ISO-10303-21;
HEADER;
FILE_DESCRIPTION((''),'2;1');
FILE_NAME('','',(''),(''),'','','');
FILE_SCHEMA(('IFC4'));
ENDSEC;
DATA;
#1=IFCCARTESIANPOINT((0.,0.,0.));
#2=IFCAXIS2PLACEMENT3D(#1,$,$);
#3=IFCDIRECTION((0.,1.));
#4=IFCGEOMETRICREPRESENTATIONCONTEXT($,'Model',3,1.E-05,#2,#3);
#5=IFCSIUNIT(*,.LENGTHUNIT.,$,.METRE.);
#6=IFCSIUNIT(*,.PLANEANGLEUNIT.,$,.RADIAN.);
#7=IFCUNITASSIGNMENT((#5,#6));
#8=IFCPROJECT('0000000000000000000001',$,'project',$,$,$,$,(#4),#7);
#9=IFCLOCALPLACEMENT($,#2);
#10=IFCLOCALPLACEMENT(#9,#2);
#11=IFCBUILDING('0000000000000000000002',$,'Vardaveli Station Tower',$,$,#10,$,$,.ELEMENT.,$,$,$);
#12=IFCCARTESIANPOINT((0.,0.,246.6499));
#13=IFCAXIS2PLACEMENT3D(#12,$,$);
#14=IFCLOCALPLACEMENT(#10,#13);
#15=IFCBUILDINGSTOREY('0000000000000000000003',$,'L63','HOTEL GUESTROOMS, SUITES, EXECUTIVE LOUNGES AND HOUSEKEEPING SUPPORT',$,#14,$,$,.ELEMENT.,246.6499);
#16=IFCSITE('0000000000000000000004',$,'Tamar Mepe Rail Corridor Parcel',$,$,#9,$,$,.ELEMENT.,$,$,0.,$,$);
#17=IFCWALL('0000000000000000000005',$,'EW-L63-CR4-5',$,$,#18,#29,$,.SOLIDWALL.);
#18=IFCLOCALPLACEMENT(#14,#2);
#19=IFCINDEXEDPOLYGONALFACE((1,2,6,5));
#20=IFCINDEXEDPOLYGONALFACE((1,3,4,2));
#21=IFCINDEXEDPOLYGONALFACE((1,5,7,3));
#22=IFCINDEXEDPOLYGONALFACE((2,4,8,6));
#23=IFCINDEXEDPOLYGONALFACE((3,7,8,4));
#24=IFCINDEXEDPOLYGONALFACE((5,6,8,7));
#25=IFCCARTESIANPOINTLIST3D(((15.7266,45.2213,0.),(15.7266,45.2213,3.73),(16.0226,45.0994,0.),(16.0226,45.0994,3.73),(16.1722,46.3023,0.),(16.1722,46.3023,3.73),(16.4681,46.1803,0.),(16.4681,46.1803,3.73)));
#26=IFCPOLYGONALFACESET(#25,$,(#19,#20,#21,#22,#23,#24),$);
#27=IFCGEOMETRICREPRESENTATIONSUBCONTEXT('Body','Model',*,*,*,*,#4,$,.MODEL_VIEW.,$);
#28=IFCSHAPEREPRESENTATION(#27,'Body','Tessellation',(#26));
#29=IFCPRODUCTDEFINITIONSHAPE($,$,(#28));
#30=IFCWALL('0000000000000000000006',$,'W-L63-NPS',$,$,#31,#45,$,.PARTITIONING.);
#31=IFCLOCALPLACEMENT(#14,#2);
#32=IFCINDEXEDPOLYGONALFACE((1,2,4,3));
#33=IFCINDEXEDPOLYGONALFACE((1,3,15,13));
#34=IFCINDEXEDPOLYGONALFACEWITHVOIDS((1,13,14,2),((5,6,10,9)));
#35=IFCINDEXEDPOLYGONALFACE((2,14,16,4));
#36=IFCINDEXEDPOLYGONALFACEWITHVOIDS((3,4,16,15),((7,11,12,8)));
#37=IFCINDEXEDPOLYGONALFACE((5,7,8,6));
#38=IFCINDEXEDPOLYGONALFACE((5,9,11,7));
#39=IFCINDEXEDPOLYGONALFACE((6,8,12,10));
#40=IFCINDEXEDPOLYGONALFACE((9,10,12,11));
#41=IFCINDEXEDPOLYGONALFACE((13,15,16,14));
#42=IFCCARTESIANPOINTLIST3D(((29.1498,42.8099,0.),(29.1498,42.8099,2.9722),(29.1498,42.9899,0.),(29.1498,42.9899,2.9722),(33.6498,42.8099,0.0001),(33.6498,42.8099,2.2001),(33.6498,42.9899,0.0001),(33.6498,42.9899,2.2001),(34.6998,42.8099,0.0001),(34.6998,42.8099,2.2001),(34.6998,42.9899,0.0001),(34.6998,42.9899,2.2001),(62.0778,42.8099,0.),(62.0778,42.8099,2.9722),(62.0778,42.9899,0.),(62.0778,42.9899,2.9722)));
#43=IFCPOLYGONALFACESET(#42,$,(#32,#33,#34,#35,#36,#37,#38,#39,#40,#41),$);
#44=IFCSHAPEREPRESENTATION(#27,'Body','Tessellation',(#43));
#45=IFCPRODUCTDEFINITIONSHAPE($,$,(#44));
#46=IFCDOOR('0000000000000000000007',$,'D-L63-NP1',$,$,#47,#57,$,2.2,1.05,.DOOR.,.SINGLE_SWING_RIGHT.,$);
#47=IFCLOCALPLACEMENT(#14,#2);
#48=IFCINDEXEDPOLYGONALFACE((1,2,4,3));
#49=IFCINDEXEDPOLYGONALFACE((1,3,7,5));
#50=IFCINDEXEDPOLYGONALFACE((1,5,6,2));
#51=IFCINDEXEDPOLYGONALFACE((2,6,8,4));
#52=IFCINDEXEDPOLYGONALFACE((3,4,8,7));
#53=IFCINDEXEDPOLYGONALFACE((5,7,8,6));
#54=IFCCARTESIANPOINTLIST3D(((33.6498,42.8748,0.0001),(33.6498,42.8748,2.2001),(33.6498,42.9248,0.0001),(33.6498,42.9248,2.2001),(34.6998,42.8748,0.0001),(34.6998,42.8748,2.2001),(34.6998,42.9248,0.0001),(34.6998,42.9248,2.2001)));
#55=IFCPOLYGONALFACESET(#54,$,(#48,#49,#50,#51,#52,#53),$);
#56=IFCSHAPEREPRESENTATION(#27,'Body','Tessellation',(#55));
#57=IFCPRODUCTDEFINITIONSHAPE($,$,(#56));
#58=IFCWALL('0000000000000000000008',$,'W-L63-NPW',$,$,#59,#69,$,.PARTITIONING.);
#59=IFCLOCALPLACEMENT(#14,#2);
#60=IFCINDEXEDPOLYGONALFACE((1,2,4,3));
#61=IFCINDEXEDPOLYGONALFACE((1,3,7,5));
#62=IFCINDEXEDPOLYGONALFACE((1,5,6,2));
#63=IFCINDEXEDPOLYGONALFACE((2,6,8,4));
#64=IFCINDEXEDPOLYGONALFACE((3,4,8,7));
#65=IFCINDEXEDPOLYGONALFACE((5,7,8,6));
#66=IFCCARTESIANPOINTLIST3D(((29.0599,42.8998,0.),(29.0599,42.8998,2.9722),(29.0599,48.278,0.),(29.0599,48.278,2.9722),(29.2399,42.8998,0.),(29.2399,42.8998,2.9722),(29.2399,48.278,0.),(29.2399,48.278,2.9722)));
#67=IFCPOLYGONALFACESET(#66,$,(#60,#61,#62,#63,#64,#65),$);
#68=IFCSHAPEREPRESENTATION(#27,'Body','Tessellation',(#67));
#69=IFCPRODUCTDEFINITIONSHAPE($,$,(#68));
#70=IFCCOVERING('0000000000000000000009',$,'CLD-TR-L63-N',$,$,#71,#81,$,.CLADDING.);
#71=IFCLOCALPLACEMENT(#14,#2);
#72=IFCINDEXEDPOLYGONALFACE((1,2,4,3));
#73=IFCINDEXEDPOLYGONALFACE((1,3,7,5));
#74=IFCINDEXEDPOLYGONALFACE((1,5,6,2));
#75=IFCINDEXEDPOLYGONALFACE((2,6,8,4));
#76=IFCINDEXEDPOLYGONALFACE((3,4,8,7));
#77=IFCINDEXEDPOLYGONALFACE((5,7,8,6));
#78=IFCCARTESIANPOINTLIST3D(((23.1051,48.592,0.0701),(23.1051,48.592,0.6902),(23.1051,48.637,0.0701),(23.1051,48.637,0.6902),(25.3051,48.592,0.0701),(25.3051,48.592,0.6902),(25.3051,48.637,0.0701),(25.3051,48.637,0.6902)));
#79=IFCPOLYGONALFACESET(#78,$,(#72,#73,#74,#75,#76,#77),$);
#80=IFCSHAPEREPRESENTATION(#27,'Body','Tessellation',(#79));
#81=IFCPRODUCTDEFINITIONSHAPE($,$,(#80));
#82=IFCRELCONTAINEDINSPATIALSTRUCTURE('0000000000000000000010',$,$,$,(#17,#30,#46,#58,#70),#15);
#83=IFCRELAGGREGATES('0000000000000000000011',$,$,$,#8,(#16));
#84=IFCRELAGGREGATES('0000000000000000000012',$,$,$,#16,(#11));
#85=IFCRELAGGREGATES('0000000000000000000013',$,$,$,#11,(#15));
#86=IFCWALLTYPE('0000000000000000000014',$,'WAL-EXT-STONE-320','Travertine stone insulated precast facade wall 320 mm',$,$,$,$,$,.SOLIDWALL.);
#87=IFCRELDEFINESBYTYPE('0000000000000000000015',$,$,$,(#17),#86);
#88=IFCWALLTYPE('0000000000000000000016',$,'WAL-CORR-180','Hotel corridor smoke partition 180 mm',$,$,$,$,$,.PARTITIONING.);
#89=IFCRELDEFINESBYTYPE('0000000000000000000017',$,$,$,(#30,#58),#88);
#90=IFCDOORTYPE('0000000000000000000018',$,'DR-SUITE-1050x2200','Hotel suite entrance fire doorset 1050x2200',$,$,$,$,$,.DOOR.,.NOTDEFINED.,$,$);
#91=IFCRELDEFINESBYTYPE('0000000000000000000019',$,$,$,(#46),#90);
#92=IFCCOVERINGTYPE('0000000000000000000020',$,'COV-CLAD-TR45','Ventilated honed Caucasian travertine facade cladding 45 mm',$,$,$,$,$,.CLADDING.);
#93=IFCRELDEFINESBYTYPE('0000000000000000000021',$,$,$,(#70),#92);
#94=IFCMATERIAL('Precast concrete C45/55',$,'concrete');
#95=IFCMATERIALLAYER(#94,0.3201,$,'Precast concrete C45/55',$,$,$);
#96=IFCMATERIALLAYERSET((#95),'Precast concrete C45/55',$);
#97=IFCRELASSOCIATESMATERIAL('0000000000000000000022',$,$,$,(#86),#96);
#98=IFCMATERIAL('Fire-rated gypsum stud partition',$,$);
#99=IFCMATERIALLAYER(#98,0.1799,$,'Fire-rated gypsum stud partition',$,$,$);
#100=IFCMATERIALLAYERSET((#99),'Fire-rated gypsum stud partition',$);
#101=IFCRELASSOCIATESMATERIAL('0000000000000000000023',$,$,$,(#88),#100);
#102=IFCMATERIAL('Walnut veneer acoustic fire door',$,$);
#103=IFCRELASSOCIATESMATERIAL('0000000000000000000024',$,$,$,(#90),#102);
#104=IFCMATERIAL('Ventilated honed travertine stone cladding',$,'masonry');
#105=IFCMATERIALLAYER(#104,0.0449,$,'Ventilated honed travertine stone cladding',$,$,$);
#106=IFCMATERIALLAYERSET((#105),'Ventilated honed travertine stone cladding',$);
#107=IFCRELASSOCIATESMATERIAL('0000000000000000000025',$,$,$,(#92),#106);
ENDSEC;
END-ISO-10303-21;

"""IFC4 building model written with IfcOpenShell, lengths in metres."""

from ifc_helpers import new_model, si_unit, direction, frame, frame_2d, origin, origin_2d, place, context, subcontext, project, spatial, rectangle, extrude, source, transform, mapped, material, layer, layer_set, type_object, element, fill, save


model = new_model("IFC4")

# Units and contexts
model_context = context("Model", 3, precision=1e-05, world=origin(), true_north=direction((0.0, 1.0)))
body_context = subcontext(model_context, "Body", "Model", "MODEL_VIEW")
ifc_project = project(units=[si_unit("LENGTHUNIT", "METRE"), si_unit("PLANEANGLEUNIT", "RADIAN")], contexts=[model_context])

# Site, building, storey
site_placement = place(None, origin())
site = spatial("IfcSite", under=ifc_project, at=site_placement, Name="Tamar Mepe Rail Corridor Parcel", CompositionType="ELEMENT", RefElevation=0.0)
building_placement = place(site_placement, origin())
building = spatial("IfcBuilding", under=site, at=building_placement, Name="Vardaveli Station Tower", CompositionType="ELEMENT")
storey_placement = place(building_placement, frame((0.0, 0.0, 246.6499)))
storey = spatial("IfcBuildingStorey", under=building, at=storey_placement, Name="L63", Description="HOTEL GUESTROOMS, SUITES, EXECUTIVE LOUNGES AND HOUSEKEEPING SUPPORT", CompositionType="ELEMENT", Elevation=246.6499)

# Shared definitions
ifc_material_1 = material(Name="Precast concrete C45/55", Category="concrete")

# Shared definitions
ifc_layer_1 = layer(ifc_material_1, 0.3201, Name="Precast concrete C45/55")
ifc_layer_set_1 = layer_set([ifc_layer_1], Name="Precast concrete C45/55")
wall_type_1 = type_object("IfcWallType", Name="WAL-EXT-STONE-320", Description="Travertine stone insulated precast facade wall 320 mm", PredefinedType="SOLIDWALL", material=ifc_layer_set_1)

# Wall
shared_shape_1 = source(origin(), body_context, "Body", "SweptSolid", [
    extrude(rectangle(XDim=1.1692, YDim=0.3201, at=frame_2d((0.5845, 0.0))), origin(), (0.0, 0.0, 1.0), 3.73),
])
for number, where, z_axis, x_axis, name in (
    (1, (16.3201, 46.2412, 0.0), (0.0, 0.0, 1.0), (-0.381054, -0.924553, 0.0), "EW-L63-CR4-5"),
):
    element("IfcWall", number, at=place(storey_placement, frame(where, z_axis=z_axis, x_axis=x_axis)), inside=storey, type_object=wall_type_1, Name=name, PredefinedType="SOLIDWALL", context=body_context, shape_type="MappedRepresentation", body=[
        mapped(shared_shape_1, transform((0.0, 0.0, 0.0), scale=1.0)),
    ])

# Wall, opening, door
ifc_material_2 = material(Name="Fire-rated gypsum stud partition")
ifc_layer_2 = layer(ifc_material_2, 0.1799, Name="Fire-rated gypsum stud partition")
ifc_layer_set_2 = layer_set([ifc_layer_2], Name="Fire-rated gypsum stud partition")
wall_type_2 = type_object("IfcWallType", Name="WAL-CORR-180", Description="Hotel corridor smoke partition 180 mm", PredefinedType="PARTITIONING", material=ifc_layer_set_2)
shared_shape_2 = source(origin(), body_context, "Body", "SweptSolid", [
    extrude(rectangle(XDim=32.928, YDim=0.1799, at=frame_2d((16.4639, 0.0))), origin(), (0.0, 0.0, 1.0), 2.9722),
])
wall_1_placement = place(storey_placement, frame((29.1499, 42.8999, 0.0), z_axis=(0.0, 0.0, 1.0), x_axis=(1.0, 0.0, 0.0)))
wall_1 = element("IfcWall", 2, at=wall_1_placement, inside=storey, type_object=wall_type_2, Name="W-L63-NPS", PredefinedType="PARTITIONING", context=body_context, shape_type="MappedRepresentation", body=[
    mapped(shared_shape_2, transform((0.0, 0.0, 0.0), scale=1.0)),
])
shared_shape_3 = source(origin(), body_context, "Body", "SweptSolid", [
    extrude(rectangle(XDim=1.05, YDim=2.2, at=frame_2d((0.5249, 1.1001))), frame((0.0, 0.1001, 0.0), z_axis=(0.0, -1.0, 0.0), x_axis=(1.0, 0.0, 0.0)), (0.0, 0.0, 1.0), 0.2),
])
opening_1_placement = place(wall_1_placement, frame((4.5, 0.0, 0.0)))
opening_1 = element("IfcOpeningElement", 3, at=opening_1_placement, cuts=wall_1, PredefinedType="OPENING", context=body_context, shape_type="MappedRepresentation", body=[
    mapped(shared_shape_3, transform((0.0, 0.0, 0.0), scale=1.0)),
])
ifc_material_3 = material(Name="Walnut veneer acoustic fire door")
door_type_1 = type_object("IfcDoorType", Name="DR-SUITE-1050x2200", Description="Hotel suite entrance fire doorset 1050x2200", OperationType="NOTDEFINED", PredefinedType="DOOR", material=ifc_material_3)
shared_shape_4 = source(origin(), body_context, "Body", "SweptSolid", [
    extrude(rectangle(XDim=1.05, YDim=2.2, at=frame_2d((0.5249, 1.1001))), frame((0.0, 0.0249, 0.0), z_axis=(0.0, -1.0, 0.0), x_axis=(1.0, 0.0, 0.0)), (0.0, 0.0, 1.0), 0.05),
])
door_1_placement = place(opening_1_placement, origin())
door_1 = element("IfcDoor", 4, at=door_1_placement, inside=storey, type_object=door_type_1, Name="D-L63-NP1", OperationType="SINGLE_SWING_RIGHT", OverallHeight=2.2, OverallWidth=1.05, PredefinedType="DOOR", context=body_context, shape_type="MappedRepresentation", body=[
    mapped(shared_shape_4, transform((0.0, 0.0, 0.0), scale=1.0)),
])
fill(opening_1, door_1)

# Wall
shared_shape_5 = source(origin(), body_context, "Body", "SweptSolid", [
    extrude(rectangle(XDim=5.3782, YDim=0.1799, at=frame_2d((2.689, 0.0))), origin(), (0.0, 0.0, 1.0), 2.9722),
])
wall_2_placement = place(storey_placement, frame((29.1499, 42.8999, 0.0), z_axis=(0.0, 0.0, 1.0), x_axis=(0.0, 1.0, 0.0)))
element("IfcWall", 5, at=wall_2_placement, inside=storey, type_object=wall_type_2, Name="W-L63-NPW", PredefinedType="PARTITIONING", context=body_context, shape_type="MappedRepresentation", body=[
    mapped(shared_shape_5, transform((0.0, 0.0, 0.0), scale=1.0)),
])

# Covering
ifc_material_4 = material(Name="Ventilated honed travertine stone cladding", Category="masonry")
ifc_layer_3 = layer(ifc_material_4, 0.0449, Name="Ventilated honed travertine stone cladding")
ifc_layer_set_3 = layer_set([ifc_layer_3], Name="Ventilated honed travertine stone cladding")
covering_type = type_object("IfcCoveringType", Name="COV-CLAD-TR45", Description="Ventilated honed Caucasian travertine facade cladding 45 mm", PredefinedType="CLADDING", material=ifc_layer_set_3)
shared_shape_6 = source(origin(), body_context, "Body", "SweptSolid", [
    extrude(rectangle(XDim=2.2, YDim=0.0449, at=origin_2d()), origin(), (0.0, 0.0, 1.0), 0.6201),
])
covering_placement = place(storey_placement, frame((24.2051, 48.6145, 0.0701), z_axis=(0.0, 0.0, 1.0), x_axis=(1.0, 0.0, 0.0)))
element("IfcCovering", 6, at=covering_placement, inside=storey, type_object=covering_type, Name="CLD-TR-L63-N", PredefinedType="CLADDING", context=body_context, shape_type="MappedRepresentation", body=[
    mapped(shared_shape_6, transform((0.0, 0.0, 0.0), scale=1.0)),
])

save(model, "model.ifc")
